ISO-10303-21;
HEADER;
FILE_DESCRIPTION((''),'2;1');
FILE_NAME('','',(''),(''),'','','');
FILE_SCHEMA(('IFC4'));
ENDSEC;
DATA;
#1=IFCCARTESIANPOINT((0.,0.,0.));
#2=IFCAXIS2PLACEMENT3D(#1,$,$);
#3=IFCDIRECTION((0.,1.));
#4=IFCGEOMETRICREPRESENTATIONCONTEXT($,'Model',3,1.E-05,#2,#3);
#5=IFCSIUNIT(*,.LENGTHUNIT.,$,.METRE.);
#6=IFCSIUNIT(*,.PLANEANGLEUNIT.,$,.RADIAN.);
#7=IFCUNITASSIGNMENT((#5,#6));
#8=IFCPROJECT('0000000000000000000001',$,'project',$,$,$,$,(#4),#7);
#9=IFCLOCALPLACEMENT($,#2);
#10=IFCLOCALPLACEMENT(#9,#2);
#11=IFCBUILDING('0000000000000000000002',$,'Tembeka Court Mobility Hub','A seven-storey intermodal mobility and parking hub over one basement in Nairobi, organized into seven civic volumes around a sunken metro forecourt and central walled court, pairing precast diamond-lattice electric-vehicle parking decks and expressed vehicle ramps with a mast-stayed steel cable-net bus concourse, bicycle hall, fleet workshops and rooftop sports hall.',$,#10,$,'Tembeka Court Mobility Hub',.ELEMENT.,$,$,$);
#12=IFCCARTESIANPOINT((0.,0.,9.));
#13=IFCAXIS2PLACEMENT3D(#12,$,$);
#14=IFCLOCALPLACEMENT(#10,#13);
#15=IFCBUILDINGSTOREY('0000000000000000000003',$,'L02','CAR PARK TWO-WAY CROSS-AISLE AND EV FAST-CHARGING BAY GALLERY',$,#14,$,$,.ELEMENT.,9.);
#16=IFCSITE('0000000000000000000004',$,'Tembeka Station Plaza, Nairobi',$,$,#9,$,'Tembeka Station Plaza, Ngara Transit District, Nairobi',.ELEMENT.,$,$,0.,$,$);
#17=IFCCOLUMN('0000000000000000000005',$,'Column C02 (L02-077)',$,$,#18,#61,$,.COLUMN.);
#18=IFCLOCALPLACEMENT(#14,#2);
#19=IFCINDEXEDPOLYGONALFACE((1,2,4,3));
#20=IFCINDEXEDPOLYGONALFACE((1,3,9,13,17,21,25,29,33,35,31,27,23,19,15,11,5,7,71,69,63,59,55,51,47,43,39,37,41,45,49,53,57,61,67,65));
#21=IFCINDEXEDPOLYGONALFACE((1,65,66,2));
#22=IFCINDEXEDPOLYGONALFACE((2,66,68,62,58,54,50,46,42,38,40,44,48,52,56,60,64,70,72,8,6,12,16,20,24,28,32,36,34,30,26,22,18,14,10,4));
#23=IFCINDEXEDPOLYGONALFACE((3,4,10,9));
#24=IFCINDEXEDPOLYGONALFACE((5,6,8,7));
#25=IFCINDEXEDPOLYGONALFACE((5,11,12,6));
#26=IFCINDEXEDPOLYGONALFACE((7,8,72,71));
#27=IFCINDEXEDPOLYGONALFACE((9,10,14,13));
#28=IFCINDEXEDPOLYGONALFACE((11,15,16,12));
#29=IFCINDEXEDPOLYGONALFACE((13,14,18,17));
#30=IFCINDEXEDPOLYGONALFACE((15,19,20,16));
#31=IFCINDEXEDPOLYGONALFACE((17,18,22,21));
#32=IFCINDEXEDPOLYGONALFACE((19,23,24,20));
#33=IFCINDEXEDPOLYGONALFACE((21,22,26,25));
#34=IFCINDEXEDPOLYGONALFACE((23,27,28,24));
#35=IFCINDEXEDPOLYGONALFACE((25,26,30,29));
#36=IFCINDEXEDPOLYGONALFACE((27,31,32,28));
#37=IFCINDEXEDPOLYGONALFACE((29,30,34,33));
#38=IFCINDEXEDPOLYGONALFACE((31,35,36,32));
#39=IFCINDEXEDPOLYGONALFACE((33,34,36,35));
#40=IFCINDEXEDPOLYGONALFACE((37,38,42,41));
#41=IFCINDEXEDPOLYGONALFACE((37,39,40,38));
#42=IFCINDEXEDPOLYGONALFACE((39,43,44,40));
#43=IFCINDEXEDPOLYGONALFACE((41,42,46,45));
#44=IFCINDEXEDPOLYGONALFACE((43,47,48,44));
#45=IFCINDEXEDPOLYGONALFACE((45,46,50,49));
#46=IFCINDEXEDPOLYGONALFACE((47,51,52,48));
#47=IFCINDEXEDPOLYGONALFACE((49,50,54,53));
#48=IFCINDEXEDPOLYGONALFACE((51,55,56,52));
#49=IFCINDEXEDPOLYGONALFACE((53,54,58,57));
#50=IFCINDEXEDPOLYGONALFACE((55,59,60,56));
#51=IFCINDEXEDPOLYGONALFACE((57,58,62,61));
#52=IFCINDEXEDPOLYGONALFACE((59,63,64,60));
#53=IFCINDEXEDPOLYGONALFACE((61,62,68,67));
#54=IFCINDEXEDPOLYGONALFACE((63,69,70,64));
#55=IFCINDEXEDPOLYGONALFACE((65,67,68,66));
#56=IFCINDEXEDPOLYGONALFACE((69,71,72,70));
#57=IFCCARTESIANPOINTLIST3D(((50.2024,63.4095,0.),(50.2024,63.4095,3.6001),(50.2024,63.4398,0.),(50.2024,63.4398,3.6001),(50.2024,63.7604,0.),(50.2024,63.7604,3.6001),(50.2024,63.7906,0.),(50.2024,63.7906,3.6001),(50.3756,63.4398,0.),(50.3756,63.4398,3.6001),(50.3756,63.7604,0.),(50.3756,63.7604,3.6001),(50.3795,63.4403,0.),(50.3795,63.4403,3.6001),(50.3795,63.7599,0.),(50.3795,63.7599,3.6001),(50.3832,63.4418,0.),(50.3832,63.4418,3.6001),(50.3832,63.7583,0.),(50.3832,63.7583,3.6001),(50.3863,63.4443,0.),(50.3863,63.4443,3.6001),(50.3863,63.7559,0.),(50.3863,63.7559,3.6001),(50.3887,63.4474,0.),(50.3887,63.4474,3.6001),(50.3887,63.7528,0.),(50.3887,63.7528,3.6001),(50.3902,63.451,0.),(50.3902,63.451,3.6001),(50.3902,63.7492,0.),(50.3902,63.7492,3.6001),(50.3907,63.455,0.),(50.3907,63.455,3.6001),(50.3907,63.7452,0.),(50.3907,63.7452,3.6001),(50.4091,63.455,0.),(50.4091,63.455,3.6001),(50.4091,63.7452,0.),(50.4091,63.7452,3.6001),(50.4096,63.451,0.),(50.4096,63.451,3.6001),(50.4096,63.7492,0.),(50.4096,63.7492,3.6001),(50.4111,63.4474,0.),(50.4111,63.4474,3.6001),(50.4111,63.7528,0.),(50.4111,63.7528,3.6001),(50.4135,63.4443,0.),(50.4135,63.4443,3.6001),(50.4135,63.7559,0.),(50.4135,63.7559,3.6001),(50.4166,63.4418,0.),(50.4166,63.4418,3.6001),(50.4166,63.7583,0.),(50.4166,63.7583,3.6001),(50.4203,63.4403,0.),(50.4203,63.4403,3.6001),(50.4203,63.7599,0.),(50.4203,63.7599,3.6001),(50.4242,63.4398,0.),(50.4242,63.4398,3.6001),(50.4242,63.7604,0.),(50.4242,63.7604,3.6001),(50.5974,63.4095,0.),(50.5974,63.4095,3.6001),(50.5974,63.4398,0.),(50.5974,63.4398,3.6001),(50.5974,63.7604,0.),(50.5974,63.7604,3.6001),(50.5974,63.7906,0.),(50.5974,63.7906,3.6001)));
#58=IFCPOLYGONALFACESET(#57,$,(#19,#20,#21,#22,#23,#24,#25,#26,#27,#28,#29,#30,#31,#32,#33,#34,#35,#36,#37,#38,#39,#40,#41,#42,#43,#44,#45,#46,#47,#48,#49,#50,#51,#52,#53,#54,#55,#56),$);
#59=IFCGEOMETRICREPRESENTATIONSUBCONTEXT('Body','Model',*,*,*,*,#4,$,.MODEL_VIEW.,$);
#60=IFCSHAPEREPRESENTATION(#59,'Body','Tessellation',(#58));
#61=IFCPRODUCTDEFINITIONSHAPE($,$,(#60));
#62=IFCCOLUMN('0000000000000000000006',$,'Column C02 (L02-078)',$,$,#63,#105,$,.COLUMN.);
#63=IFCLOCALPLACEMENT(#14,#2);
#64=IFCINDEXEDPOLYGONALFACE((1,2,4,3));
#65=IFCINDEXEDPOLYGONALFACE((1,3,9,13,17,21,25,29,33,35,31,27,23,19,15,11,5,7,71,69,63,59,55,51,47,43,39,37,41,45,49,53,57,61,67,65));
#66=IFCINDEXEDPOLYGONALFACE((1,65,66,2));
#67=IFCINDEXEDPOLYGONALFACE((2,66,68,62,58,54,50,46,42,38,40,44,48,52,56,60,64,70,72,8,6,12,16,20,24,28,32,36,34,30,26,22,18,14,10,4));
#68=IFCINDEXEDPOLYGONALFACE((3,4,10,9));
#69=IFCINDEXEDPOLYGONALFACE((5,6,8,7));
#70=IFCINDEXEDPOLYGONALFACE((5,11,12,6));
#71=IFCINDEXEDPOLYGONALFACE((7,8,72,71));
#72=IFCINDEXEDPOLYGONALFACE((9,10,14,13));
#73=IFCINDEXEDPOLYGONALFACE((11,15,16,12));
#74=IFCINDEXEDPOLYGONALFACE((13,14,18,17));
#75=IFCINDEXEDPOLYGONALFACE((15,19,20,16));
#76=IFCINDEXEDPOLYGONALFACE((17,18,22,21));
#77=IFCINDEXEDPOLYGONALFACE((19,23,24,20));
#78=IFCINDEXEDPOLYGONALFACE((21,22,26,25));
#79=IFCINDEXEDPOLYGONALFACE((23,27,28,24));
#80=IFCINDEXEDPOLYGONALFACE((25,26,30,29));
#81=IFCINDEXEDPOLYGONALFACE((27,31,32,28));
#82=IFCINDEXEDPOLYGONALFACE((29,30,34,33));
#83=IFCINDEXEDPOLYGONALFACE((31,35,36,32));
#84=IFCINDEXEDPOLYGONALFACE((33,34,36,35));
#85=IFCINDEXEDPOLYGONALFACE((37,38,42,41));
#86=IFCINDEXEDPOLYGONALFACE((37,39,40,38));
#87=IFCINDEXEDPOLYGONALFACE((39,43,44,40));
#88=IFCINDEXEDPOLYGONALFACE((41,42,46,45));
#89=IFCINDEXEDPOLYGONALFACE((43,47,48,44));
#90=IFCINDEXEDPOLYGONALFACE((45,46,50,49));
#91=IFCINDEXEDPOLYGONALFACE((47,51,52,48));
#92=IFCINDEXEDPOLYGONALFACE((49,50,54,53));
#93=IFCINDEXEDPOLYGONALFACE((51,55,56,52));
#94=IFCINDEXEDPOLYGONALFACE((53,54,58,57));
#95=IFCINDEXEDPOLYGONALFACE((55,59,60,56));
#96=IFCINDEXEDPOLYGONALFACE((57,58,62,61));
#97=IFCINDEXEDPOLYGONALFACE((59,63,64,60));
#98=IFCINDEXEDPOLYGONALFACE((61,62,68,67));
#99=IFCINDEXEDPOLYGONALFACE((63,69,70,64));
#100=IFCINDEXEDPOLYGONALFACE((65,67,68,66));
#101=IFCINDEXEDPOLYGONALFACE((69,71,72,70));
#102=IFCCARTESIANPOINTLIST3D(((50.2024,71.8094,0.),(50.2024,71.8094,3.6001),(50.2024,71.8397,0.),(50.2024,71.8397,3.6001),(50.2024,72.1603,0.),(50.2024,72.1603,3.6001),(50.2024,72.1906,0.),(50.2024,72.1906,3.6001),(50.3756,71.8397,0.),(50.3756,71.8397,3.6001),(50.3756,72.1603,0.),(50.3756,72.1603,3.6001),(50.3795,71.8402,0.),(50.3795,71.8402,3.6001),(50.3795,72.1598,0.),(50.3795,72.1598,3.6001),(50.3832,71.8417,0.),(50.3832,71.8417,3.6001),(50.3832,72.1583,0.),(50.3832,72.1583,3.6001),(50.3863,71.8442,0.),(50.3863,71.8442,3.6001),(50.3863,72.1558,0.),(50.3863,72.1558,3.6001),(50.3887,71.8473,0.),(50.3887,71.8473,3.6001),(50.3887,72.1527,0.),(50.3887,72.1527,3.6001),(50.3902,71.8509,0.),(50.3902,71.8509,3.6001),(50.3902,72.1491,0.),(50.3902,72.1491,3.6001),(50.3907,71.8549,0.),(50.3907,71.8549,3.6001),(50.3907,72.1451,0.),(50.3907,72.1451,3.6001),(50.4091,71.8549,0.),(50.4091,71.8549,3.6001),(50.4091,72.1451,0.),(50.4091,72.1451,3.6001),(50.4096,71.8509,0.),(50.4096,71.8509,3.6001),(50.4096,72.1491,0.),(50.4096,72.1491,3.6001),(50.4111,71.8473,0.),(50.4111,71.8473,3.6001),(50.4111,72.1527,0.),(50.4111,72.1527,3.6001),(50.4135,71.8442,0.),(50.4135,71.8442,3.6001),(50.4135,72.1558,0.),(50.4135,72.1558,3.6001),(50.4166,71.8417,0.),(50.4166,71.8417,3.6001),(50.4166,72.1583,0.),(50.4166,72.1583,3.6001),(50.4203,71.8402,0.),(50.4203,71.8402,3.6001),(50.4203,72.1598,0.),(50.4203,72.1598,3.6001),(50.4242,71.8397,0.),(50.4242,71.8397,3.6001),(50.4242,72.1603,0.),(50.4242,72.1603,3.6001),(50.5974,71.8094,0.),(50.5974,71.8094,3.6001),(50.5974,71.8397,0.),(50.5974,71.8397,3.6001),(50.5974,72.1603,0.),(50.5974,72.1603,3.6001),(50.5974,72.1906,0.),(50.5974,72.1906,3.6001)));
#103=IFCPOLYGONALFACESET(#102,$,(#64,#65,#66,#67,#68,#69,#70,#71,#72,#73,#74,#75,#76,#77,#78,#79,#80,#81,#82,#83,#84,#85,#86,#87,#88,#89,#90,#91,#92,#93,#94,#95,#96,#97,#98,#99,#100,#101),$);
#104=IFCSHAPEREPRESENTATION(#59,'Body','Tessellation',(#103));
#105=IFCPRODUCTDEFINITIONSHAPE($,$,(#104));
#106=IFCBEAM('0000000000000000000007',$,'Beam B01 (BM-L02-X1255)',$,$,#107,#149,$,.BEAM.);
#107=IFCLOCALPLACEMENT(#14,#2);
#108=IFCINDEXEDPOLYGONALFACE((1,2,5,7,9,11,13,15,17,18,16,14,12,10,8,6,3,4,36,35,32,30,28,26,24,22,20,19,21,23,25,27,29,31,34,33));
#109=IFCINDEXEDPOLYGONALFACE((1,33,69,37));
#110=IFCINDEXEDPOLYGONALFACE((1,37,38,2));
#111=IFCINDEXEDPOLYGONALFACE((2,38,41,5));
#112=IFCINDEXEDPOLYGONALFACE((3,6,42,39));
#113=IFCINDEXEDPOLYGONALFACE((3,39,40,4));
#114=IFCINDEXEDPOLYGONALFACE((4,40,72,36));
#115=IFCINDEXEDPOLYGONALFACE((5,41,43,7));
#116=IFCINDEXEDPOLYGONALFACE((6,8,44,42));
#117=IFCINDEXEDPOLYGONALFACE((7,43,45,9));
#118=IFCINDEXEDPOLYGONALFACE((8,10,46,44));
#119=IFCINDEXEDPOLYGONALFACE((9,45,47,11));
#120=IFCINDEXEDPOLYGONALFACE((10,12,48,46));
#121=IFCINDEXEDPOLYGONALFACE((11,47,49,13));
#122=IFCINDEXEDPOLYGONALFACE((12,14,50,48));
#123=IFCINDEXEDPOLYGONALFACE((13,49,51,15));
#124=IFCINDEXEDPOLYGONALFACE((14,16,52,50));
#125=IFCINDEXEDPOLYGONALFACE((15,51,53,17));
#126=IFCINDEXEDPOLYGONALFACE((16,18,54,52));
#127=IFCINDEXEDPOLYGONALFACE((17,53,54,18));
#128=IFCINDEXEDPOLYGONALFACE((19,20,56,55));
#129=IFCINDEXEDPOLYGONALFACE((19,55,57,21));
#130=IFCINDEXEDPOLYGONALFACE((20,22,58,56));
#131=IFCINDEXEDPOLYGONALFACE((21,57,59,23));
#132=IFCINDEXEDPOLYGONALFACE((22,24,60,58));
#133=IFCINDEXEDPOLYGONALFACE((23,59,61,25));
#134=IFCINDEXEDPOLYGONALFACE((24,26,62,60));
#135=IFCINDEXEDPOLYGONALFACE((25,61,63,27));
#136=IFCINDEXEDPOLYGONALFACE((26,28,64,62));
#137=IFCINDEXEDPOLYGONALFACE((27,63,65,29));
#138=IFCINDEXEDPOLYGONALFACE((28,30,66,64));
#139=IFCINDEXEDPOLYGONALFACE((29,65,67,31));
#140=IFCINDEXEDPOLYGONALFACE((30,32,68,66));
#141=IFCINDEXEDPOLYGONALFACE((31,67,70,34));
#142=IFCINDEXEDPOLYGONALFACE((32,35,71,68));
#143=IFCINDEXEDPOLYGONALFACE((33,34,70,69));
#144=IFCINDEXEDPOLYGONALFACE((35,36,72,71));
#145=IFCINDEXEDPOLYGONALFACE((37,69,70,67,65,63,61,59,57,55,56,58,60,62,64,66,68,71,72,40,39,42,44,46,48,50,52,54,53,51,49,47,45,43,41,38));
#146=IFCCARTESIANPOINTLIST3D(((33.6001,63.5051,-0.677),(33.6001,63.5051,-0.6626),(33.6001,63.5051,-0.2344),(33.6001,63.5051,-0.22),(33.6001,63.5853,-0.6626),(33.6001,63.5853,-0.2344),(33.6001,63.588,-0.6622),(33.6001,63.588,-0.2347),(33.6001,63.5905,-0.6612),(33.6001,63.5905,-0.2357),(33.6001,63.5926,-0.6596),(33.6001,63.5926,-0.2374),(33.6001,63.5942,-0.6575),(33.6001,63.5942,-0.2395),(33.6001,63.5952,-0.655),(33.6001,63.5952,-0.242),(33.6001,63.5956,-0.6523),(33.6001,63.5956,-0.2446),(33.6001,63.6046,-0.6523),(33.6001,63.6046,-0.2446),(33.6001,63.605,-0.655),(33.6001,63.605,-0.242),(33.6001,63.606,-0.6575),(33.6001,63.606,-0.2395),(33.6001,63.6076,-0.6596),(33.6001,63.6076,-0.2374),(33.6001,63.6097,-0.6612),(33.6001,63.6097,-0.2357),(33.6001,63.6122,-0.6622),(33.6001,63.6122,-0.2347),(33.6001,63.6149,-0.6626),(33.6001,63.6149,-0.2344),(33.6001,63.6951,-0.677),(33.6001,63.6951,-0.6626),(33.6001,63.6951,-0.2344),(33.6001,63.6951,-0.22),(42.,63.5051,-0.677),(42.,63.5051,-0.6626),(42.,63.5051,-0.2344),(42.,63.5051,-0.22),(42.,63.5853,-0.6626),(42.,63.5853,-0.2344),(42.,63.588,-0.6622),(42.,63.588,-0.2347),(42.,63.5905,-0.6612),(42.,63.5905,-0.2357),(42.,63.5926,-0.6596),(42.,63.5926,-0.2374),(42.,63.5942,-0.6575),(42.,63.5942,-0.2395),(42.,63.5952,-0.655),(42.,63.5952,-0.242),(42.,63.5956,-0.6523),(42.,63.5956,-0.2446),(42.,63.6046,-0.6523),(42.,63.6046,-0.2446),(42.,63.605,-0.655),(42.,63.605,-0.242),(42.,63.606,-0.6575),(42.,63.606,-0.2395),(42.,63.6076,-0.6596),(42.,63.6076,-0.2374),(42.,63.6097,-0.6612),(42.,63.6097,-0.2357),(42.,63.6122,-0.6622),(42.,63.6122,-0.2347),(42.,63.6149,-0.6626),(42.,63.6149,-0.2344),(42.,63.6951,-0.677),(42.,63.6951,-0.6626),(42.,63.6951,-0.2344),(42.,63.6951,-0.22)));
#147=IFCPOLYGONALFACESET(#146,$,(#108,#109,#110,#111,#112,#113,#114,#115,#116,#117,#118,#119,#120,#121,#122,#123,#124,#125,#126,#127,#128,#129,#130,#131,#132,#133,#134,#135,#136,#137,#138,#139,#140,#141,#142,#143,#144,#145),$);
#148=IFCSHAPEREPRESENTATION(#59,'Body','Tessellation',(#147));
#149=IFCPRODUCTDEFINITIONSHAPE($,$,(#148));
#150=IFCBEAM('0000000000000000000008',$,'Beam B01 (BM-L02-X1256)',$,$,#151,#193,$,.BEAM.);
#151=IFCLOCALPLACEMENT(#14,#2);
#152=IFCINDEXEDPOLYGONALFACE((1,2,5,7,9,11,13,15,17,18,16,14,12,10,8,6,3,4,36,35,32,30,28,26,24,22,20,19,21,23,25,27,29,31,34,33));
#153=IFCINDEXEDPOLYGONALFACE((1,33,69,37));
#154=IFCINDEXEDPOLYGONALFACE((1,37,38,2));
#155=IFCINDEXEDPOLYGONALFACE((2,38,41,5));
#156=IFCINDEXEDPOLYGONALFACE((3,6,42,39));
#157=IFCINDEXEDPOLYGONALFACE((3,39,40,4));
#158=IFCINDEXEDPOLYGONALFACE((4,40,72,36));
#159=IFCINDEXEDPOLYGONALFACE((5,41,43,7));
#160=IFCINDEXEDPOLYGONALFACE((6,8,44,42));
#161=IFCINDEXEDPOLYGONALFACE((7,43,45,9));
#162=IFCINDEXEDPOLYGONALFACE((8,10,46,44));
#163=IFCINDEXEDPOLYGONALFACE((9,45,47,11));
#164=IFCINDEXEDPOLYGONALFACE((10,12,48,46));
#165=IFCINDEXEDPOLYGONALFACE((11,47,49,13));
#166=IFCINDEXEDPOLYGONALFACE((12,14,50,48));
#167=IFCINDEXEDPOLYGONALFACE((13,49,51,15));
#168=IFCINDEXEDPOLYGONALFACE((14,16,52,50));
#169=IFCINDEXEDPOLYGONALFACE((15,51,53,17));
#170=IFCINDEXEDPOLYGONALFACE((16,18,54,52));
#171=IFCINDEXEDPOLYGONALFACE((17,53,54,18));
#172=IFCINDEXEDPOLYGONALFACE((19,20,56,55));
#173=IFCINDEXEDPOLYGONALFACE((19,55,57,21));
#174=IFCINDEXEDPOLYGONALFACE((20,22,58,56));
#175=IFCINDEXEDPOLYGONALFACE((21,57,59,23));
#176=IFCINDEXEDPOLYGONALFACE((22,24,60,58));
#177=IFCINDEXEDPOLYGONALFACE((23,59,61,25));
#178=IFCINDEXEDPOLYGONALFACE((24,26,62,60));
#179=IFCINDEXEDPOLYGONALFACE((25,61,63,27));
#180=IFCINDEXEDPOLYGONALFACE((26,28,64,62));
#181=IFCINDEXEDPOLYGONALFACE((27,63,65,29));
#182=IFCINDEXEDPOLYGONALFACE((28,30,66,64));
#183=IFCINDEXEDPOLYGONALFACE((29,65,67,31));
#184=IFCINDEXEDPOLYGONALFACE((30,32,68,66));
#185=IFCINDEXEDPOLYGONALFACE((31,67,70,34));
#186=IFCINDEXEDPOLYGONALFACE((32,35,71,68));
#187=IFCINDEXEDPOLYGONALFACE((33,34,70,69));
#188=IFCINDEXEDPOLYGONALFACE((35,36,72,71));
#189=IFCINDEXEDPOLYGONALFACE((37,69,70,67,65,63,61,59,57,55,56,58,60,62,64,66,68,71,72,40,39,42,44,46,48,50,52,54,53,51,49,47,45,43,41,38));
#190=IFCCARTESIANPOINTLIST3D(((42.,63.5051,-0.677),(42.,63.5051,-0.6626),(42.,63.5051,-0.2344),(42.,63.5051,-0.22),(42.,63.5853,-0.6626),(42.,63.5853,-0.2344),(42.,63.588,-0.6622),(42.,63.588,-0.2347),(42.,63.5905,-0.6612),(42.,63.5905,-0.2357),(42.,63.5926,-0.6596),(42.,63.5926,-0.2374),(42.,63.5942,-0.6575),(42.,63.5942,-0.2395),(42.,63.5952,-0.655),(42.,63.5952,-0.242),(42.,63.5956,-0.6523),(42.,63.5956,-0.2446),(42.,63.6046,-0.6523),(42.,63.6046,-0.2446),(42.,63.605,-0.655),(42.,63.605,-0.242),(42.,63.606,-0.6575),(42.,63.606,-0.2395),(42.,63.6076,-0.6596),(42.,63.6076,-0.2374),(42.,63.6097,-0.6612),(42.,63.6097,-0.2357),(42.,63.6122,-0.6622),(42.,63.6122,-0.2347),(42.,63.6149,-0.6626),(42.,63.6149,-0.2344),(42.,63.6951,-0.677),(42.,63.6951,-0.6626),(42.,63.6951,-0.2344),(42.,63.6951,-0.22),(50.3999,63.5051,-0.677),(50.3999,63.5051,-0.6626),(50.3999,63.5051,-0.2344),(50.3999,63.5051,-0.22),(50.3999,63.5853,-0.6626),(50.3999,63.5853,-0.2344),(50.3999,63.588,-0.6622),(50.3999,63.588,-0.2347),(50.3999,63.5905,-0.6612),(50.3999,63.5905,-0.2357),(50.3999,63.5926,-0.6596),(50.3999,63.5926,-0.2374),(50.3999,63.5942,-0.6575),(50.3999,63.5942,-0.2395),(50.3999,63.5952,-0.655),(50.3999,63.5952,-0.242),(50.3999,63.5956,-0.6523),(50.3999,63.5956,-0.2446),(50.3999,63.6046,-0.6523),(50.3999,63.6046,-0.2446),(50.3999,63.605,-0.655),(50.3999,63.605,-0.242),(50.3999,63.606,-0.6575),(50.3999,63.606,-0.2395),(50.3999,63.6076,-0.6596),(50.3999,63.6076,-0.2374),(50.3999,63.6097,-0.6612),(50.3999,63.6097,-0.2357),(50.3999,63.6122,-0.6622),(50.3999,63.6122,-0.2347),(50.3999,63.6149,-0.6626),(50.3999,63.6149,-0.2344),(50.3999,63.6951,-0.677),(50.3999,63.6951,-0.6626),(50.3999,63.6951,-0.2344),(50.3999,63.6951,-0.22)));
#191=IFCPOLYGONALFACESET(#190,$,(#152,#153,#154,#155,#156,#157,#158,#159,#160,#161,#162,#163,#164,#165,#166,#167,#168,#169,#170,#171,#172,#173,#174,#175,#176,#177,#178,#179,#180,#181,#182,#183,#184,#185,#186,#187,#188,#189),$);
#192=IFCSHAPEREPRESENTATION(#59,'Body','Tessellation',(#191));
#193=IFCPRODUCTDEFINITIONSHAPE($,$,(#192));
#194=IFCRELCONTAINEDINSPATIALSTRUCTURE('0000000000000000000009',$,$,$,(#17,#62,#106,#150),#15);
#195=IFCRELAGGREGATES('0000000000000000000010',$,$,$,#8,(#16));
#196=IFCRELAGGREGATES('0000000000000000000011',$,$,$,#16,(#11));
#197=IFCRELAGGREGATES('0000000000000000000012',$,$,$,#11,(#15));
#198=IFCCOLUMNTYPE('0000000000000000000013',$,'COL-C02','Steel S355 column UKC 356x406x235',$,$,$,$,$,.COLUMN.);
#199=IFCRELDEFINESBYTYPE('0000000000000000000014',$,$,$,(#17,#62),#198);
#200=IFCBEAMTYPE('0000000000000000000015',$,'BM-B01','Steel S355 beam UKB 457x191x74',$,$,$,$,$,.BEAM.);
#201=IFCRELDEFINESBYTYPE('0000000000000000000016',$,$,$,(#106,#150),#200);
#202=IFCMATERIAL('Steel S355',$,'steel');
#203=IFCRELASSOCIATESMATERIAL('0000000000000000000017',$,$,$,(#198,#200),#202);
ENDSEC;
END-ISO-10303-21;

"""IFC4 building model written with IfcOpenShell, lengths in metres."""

from ifc_helpers import new_model, si_unit, direction, frame, origin, origin_2d, place, context, subcontext, project, spatial, i_section, extrude, material, material_profile, profile_set, type_object, element, save


model = new_model("IFC4")

# Units and contexts
model_context = context("Model", 3, precision=1e-05, world=origin(), true_north=direction((0.0, 1.0)))
body_context = subcontext(model_context, "Body", "Model", "MODEL_VIEW")
ifc_project = project(units=[si_unit("LENGTHUNIT", "METRE"), si_unit("PLANEANGLEUNIT", "RADIAN")], contexts=[model_context])

# Site, building, storey
site_placement = place(None, origin())
site = spatial("IfcSite", under=ifc_project, at=site_placement, Name="Tembeka Station Plaza, Nairobi", LongName="Tembeka Station Plaza, Ngara Transit District, Nairobi", CompositionType="ELEMENT", RefElevation=0.0)
building_placement = place(site_placement, origin())
building = spatial("IfcBuilding", under=site, at=building_placement, Name="Tembeka Court Mobility Hub", Description="A seven-storey intermodal mobility and parking hub over one basement in Nairobi, organized into seven civic volumes around a sunken metro forecourt and central walled court, pairing precast diamond-lattice electric-vehicle parking decks and expressed vehicle ramps with a mast-stayed steel cable-net bus concourse, bicycle hall, fleet workshops and rooftop sports hall.", LongName="Tembeka Court Mobility Hub", CompositionType="ELEMENT")
storey_placement = place(building_placement, frame((0.0, 0.0, 9.0)))
storey = spatial("IfcBuildingStorey", under=building, at=storey_placement, Name="L02", Description="CAR PARK TWO-WAY CROSS-AISLE AND EV FAST-CHARGING BAY GALLERY", CompositionType="ELEMENT", Elevation=9.0)

# Columns
ifc_material = material(Name="Steel S355", Category="steel")
ifc_material_profile_1 = material_profile(ifc_material, i_section(OverallWidth=0.395, OverallDepth=0.3811, WebThickness=0.0183, FlangeThickness=0.0303, FilletRadius=0.0151, at=origin_2d()), Name="UKC 356x406x235")
ifc_profile_set_1 = profile_set([ifc_material_profile_1], Name="Steel S355")
column_type = type_object("IfcColumnType", Name="COL-C02", Description="Steel S355 column UKC 356x406x235", PredefinedType="COLUMN", material=ifc_profile_set_1)
for number, where, z_axis, x_axis, name in (
    (1, (50.3999, 63.6001, 0.0), (0.0, 0.0, 1.0), (1.0, 0.0, 0.0), "Column C02 (L02-077)"),
    (2, (50.3999, 72.0, 0.0), (0.0, 0.0, 1.0), (1.0, 0.0, 0.0), "Column C02 (L02-078)"),
):
    element("IfcColumn", number, at=place(storey_placement, frame(where, z_axis=z_axis, x_axis=x_axis)), inside=storey, type_object=column_type, Name=name, PredefinedType="COLUMN", context=body_context, shape_type="SweptSolid", body=[
        extrude(i_section(OverallWidth=0.395, OverallDepth=0.3811, WebThickness=0.0183, FlangeThickness=0.0303, FilletRadius=0.0151, at=origin_2d()), origin(), (0.0, 0.0, 1.0), 3.6001),
    ])

# Beams
ifc_material_profile_2 = material_profile(ifc_material, i_section(OverallWidth=0.1899, OverallDepth=0.457, WebThickness=0.009, FlangeThickness=0.0144, FilletRadius=0.0103, at=origin_2d()), Name="UKB 457x191x74")
ifc_profile_set_2 = profile_set([ifc_material_profile_2], Name="Steel S355")
beam_type_1 = type_object("IfcBeamType", Name="BM-B01", Description="Steel S355 beam UKB 457x191x74", PredefinedType="BEAM", material=ifc_profile_set_2)
for number, where, z_axis, x_axis, name in (
    (3, (33.6001, 63.6001, -0.4485), (1.0, 0.0, 0.0), (0.0, 1.0, 0.0), "Beam B01 (BM-L02-X1255)"),
    (4, (42.0, 63.6001, -0.4485), (1.0, 0.0, 0.0), (0.0, 1.0, 0.0), "Beam B01 (BM-L02-X1256)"),
):
    element("IfcBeam", number, at=place(storey_placement, frame(where, z_axis=z_axis, x_axis=x_axis)), inside=storey, type_object=beam_type_1, Name=name, PredefinedType="BEAM", context=body_context, shape_type="SweptSolid", body=[
        extrude(i_section(OverallWidth=0.1899, OverallDepth=0.457, WebThickness=0.009, FlangeThickness=0.0144, FilletRadius=0.0103, at=origin_2d()), origin(), (0.0, 0.0, 1.0), 8.3999),
    ])

save(model, "model.ifc")
